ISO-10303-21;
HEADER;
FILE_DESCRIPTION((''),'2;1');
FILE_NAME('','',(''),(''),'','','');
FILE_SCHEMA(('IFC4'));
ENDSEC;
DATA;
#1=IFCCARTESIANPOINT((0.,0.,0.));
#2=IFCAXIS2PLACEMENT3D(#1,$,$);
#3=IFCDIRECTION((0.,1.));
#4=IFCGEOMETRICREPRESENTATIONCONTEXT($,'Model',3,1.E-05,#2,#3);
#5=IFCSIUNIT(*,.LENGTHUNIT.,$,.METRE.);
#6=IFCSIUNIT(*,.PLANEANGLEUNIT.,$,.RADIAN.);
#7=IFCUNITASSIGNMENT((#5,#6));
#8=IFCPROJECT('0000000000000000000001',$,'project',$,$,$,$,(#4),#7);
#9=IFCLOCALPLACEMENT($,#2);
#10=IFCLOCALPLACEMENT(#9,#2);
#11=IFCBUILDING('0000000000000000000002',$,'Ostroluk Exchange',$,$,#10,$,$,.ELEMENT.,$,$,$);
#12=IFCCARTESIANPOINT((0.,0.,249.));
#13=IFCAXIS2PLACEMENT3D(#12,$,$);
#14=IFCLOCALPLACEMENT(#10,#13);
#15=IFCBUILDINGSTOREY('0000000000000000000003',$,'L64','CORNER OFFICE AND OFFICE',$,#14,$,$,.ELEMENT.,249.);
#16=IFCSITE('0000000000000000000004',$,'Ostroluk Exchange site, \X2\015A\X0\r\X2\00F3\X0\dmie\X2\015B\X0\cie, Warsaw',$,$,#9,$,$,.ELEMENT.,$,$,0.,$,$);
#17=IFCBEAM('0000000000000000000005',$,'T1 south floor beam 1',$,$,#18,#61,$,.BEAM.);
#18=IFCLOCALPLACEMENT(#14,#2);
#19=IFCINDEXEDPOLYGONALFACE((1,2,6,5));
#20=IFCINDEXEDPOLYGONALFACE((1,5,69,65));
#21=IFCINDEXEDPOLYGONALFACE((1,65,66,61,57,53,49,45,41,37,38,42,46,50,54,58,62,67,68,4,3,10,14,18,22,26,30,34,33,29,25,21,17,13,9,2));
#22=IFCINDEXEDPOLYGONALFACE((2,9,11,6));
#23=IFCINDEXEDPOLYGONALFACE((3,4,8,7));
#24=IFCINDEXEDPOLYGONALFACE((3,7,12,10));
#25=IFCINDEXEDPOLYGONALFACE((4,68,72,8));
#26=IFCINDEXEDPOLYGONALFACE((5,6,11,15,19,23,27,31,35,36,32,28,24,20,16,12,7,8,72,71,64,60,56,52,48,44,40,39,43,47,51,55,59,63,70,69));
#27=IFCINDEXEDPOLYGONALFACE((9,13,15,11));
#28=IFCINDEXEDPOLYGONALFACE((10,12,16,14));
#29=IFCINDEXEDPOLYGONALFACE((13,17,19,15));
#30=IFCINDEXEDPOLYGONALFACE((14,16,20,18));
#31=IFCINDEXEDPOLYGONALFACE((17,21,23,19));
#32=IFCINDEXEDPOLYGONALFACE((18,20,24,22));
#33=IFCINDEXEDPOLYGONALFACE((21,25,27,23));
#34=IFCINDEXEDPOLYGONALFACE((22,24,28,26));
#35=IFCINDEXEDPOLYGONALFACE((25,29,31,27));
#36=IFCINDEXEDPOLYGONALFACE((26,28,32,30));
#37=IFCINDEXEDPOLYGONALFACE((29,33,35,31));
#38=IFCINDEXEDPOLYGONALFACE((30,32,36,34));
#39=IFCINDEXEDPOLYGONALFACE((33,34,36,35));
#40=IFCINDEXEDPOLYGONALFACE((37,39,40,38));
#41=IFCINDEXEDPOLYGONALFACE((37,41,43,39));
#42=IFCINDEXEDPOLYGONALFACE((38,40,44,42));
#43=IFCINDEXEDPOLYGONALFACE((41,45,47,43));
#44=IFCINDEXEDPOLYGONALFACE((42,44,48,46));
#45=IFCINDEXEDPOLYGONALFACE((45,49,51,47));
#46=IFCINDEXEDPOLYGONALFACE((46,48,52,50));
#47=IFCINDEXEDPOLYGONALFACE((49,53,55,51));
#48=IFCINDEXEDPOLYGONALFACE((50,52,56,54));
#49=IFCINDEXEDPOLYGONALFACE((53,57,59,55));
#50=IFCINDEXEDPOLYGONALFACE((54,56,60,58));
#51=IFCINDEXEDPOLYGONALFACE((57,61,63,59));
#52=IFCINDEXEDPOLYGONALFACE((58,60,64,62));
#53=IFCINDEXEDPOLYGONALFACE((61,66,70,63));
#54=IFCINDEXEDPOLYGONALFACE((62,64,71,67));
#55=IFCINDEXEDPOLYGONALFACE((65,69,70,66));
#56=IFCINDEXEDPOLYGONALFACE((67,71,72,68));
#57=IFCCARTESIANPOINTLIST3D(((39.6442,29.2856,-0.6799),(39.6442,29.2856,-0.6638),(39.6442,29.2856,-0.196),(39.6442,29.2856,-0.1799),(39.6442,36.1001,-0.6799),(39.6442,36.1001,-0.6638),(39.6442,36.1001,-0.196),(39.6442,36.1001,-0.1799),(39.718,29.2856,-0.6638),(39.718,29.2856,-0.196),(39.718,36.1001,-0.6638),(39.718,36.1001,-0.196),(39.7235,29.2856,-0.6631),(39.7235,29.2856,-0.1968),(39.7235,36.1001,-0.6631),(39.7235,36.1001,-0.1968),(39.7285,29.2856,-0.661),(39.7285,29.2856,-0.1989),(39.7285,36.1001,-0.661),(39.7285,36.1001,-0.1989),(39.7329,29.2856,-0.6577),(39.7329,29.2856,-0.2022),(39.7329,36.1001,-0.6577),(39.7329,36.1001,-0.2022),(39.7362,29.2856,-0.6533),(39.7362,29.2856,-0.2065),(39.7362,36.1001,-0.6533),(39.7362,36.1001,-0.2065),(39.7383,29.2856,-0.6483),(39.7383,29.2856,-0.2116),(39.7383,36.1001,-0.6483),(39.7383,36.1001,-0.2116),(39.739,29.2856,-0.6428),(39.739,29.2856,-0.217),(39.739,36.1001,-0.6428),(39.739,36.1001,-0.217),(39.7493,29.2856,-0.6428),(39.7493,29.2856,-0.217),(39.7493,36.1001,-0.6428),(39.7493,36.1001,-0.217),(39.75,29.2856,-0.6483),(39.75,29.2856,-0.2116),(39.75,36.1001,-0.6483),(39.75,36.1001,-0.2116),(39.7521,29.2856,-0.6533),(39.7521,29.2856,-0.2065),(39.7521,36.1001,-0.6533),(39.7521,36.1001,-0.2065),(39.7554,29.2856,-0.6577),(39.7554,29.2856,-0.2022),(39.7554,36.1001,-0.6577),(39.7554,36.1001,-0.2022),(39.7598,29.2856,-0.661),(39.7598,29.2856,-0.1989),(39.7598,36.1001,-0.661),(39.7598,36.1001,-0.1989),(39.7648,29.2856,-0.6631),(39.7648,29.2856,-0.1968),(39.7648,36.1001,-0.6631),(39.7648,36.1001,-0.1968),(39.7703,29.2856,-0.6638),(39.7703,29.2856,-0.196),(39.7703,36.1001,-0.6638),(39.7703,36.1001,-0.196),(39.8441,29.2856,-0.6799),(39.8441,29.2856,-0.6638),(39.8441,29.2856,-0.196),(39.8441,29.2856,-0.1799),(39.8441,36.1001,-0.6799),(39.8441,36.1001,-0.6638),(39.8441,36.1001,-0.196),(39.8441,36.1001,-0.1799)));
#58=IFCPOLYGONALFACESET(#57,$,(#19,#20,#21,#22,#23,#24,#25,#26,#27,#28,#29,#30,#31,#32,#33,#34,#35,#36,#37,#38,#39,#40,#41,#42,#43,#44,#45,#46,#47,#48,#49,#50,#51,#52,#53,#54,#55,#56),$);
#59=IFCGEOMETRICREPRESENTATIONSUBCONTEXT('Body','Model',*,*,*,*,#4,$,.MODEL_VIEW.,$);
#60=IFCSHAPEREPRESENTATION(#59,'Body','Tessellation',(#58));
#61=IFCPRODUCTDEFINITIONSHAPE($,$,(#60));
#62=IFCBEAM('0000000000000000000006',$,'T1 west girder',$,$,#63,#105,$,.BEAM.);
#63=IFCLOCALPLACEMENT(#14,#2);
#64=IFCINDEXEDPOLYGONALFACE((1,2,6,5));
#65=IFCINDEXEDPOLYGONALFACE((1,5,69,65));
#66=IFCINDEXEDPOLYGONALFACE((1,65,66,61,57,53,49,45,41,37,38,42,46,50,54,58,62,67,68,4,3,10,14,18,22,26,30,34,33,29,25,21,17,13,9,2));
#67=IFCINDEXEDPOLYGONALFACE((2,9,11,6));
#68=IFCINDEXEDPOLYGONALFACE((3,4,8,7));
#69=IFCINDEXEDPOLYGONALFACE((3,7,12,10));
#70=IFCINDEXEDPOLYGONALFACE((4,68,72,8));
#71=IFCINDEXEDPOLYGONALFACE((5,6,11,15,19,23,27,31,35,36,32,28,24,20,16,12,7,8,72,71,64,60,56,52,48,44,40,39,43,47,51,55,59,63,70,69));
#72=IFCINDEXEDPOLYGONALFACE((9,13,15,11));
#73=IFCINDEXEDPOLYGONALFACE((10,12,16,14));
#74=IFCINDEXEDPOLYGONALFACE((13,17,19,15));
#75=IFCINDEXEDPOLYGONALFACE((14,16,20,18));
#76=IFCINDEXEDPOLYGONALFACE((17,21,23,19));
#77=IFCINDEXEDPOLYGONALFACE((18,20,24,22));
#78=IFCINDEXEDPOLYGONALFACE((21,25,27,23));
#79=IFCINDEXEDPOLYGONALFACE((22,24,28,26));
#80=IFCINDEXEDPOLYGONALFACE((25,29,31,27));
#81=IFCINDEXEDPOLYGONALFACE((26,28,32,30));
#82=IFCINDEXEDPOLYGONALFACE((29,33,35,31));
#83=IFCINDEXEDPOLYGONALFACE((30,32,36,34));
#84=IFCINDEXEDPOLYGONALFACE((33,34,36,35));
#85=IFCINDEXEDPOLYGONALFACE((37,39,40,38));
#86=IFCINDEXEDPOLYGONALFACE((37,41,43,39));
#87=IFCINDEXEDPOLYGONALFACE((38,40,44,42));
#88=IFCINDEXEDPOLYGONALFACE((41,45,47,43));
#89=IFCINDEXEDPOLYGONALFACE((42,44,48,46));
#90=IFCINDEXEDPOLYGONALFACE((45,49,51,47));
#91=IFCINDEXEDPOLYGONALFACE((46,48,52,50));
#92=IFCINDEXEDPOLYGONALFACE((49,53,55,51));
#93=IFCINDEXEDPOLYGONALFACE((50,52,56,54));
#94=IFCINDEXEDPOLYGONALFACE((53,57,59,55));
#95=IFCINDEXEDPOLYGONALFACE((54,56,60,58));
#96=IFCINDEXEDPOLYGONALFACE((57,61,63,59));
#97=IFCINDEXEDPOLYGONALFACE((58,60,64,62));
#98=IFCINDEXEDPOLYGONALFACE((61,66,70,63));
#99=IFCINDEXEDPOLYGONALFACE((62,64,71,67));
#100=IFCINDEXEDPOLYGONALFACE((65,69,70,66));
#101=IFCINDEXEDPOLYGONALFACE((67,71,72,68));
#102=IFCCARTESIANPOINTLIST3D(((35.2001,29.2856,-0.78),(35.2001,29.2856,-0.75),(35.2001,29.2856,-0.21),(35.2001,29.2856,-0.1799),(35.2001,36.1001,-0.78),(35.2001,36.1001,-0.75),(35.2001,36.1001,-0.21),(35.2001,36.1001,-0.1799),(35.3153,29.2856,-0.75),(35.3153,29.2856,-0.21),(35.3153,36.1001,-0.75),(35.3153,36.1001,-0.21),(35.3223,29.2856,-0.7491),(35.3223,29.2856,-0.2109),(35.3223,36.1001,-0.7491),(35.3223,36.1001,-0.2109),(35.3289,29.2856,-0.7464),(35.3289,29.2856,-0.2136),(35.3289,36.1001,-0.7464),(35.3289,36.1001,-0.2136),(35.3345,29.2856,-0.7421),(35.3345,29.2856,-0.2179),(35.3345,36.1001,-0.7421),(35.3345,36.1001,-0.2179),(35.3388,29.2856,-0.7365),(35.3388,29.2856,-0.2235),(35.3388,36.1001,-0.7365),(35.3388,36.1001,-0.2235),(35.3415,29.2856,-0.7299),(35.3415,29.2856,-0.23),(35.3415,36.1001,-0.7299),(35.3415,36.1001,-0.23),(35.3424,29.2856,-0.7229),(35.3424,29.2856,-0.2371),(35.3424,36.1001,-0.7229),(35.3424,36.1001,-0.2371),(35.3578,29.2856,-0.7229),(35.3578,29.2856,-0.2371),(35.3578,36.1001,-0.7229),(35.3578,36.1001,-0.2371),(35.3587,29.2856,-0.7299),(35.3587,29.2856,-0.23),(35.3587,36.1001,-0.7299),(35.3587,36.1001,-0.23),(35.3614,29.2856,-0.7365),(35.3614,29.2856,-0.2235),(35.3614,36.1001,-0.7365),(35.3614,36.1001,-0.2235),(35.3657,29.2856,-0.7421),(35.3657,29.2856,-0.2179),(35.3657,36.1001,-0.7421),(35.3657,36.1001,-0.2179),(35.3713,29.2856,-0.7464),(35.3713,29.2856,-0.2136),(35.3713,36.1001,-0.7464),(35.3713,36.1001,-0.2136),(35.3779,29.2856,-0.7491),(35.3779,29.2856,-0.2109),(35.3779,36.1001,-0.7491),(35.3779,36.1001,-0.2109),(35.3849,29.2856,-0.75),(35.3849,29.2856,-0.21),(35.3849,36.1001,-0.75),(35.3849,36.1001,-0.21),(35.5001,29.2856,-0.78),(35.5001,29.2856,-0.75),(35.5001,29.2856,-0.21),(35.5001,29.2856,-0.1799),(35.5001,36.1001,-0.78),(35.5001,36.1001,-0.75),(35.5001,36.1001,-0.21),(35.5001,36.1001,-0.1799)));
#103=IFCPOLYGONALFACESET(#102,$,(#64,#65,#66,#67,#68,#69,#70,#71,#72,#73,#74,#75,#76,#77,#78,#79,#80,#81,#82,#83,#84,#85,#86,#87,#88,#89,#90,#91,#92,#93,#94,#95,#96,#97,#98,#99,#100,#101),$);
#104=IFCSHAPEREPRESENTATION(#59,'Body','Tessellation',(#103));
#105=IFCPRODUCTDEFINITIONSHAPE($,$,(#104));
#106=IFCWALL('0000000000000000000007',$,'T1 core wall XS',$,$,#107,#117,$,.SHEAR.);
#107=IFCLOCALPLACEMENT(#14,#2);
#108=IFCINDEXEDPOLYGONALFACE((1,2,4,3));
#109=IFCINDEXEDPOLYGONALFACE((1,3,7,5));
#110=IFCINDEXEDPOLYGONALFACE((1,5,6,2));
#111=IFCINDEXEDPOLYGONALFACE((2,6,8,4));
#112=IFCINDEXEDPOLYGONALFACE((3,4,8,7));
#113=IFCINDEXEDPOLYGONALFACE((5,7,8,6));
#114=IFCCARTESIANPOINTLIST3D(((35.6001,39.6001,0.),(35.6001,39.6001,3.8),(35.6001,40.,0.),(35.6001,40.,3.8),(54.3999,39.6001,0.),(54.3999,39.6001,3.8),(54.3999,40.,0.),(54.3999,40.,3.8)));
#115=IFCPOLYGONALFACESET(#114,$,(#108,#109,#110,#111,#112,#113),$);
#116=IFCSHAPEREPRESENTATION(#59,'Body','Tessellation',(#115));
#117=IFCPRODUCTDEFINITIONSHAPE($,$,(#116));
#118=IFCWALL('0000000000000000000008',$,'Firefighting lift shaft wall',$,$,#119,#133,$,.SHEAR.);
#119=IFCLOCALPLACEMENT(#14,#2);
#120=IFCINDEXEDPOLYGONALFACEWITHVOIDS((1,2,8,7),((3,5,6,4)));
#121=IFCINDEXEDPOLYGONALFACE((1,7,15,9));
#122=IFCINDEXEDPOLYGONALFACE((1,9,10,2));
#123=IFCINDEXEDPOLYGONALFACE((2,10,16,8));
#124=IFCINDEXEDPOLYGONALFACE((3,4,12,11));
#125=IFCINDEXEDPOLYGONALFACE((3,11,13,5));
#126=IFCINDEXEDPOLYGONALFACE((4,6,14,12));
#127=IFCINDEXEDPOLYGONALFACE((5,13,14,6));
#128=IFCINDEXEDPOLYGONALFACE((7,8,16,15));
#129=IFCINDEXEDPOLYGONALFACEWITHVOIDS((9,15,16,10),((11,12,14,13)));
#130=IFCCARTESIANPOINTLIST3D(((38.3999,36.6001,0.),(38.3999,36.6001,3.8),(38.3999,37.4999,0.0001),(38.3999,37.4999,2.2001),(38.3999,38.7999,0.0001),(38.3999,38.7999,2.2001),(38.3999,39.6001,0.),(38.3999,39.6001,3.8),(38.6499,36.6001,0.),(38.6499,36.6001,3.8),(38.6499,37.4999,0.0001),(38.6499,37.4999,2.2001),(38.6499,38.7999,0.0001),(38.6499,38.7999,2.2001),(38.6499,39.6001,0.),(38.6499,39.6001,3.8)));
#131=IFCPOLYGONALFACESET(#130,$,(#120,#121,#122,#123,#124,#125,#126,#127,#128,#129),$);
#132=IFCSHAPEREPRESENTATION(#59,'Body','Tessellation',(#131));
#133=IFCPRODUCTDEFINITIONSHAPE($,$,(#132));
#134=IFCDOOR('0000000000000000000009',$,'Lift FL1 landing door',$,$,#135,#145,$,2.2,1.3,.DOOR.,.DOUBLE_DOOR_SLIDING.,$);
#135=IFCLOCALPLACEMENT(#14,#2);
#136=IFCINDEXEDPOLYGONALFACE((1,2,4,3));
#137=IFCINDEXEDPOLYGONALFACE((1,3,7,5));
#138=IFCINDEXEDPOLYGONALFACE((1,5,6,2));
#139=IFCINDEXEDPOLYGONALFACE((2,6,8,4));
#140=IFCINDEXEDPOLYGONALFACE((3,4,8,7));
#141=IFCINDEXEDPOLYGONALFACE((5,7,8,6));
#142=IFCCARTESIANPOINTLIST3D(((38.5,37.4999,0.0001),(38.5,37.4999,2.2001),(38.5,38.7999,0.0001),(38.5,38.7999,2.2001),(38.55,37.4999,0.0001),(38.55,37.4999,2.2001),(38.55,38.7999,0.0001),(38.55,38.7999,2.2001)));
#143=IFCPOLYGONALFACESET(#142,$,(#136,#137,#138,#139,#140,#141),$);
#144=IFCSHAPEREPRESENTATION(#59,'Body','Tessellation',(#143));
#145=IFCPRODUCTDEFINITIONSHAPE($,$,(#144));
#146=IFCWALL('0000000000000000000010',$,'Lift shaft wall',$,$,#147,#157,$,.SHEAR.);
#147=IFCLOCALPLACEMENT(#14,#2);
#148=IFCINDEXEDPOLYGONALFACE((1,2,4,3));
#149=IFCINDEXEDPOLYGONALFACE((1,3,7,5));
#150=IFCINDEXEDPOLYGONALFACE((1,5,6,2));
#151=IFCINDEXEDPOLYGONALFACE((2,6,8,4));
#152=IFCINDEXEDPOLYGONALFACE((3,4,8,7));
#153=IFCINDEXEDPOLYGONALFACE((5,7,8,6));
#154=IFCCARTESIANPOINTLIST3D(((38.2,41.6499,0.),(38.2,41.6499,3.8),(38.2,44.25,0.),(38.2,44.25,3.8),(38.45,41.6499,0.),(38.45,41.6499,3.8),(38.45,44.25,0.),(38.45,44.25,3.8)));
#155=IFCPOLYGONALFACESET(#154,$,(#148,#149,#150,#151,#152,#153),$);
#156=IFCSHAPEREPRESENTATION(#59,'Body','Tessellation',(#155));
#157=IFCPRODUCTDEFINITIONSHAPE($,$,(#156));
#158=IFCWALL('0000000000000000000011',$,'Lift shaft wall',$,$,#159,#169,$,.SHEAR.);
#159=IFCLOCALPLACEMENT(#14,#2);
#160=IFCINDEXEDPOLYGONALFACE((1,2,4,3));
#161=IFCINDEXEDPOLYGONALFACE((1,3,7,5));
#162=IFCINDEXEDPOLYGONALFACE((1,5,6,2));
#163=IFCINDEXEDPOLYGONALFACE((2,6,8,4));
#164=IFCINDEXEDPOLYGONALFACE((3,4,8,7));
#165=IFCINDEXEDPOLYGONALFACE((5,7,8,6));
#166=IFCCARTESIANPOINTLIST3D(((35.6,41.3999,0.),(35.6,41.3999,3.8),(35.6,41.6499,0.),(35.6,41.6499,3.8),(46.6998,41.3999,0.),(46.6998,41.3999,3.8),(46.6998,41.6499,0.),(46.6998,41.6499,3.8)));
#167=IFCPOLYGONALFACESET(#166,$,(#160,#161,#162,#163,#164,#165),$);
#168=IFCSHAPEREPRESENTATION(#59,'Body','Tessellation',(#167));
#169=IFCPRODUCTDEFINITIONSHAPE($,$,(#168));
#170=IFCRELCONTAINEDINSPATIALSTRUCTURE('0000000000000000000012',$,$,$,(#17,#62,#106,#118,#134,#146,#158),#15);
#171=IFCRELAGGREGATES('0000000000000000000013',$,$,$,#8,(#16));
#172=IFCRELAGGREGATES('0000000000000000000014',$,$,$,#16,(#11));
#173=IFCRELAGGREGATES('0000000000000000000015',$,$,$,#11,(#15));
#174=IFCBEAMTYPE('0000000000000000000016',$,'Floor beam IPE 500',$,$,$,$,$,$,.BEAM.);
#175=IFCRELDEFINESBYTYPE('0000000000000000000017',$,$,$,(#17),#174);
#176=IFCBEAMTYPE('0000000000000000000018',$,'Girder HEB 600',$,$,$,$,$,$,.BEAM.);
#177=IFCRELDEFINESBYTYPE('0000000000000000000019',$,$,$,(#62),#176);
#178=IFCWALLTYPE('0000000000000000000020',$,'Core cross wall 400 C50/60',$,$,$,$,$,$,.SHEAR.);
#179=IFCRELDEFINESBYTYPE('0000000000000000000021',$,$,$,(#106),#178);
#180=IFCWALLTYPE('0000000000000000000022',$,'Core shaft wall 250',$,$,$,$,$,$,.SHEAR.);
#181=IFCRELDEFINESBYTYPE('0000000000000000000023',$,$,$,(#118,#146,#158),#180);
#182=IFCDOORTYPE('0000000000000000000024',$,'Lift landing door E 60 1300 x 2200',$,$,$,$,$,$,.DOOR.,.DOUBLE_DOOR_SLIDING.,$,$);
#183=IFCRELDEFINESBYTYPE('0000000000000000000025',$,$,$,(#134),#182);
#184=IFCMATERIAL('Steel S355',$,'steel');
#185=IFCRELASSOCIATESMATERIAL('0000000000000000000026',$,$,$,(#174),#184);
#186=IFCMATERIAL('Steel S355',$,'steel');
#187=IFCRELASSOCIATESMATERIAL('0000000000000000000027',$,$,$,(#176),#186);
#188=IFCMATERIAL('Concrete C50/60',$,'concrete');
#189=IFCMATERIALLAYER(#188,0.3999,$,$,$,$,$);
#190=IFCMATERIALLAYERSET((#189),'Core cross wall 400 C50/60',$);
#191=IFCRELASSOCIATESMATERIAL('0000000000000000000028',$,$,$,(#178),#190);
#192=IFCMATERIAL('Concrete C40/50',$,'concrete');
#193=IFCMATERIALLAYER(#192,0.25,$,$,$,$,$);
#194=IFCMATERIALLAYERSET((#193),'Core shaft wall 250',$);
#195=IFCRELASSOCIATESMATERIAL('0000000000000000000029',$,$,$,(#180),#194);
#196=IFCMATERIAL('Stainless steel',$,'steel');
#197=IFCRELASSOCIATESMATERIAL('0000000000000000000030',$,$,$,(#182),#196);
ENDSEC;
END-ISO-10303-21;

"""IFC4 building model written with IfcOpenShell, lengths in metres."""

from ifc_helpers import new_model, si_unit, direction, frame, frame_2d, origin, origin_2d, place, context, subcontext, project, spatial, rectangle, i_section, extrude, material, layer, layer_set, material_profile, profile_set, type_object, element, fill, save


model = new_model("IFC4")

# Units and contexts
model_context = context("Model", 3, precision=1e-05, world=origin(), true_north=direction((0.0, 1.0)))
body_context = subcontext(model_context, "Body", "Model", "MODEL_VIEW")
ifc_project = project(units=[si_unit("LENGTHUNIT", "METRE"), si_unit("PLANEANGLEUNIT", "RADIAN")], contexts=[model_context])

# Site, building, storey
site_placement = place(None, origin())
site = spatial("IfcSite", under=ifc_project, at=site_placement, Name="Ostroluk Exchange site, Śródmieście, Warsaw", CompositionType="ELEMENT", RefElevation=0.0)
building_placement = place(site_placement, origin())
building = spatial("IfcBuilding", under=site, at=building_placement, Name="Ostroluk Exchange", CompositionType="ELEMENT")
storey_placement = place(building_placement, frame((0.0, 0.0, 249.0)))
storey = spatial("IfcBuildingStorey", under=building, at=storey_placement, Name="L64", Description="CORNER OFFICE AND OFFICE", CompositionType="ELEMENT", Elevation=249.0)

# Beams
ifc_material_1 = material(Name="Steel S355", Category="steel")
ifc_material_profile_1 = material_profile(ifc_material_1, i_section(OverallWidth=0.2, OverallDepth=0.5, WebThickness=0.0103, FlangeThickness=0.0161, FilletRadius=0.021, at=origin_2d()), Name="IPE 500")
ifc_profile_set_1 = profile_set([ifc_material_profile_1], Name="Steel S355")
beam_type_1 = type_object("IfcBeamType", Name="Floor beam IPE 500", PredefinedType="BEAM", material=ifc_profile_set_1)
for number, where, z_axis, x_axis, name in (
    (1, (39.7441, 36.1001, -0.4299), (0.0, -1.0, 0.0), (1.0, 0.0, 0.0), "T1 south floor beam 1"),
):
    element("IfcBeam", number, at=place(storey_placement, frame(where, z_axis=z_axis, x_axis=x_axis)), inside=storey, type_object=beam_type_1, Name=name, PredefinedType="BEAM", context=body_context, shape_type="SweptSolid", body=[
        extrude(i_section(OverallWidth=0.2, OverallDepth=0.5, WebThickness=0.0103, FlangeThickness=0.0161, FilletRadius=0.021, at=origin_2d()), origin(), (0.0, 0.0, 1.0), 6.8145),
    ])
ifc_material_2 = material(Name="Steel S355", Category="steel")
ifc_material_profile_2 = material_profile(ifc_material_2, i_section(OverallWidth=0.3, OverallDepth=0.6001, WebThickness=0.0154, FlangeThickness=0.03, FilletRadius=0.0271, at=origin_2d()), Name="HEB 600")
ifc_profile_set_2 = profile_set([ifc_material_profile_2], Name="Steel S355")
beam_type_2 = type_object("IfcBeamType", Name="Girder HEB 600", PredefinedType="BEAM", material=ifc_profile_set_2)
beam_1_placement = place(storey_placement, frame((35.3501, 36.1001, -0.48), z_axis=(0.0, -1.0, 0.0), x_axis=(1.0, 0.0, 0.0)))
element("IfcBeam", 2, at=beam_1_placement, inside=storey, type_object=beam_type_2, Name="T1 west girder", PredefinedType="BEAM", context=body_context, shape_type="SweptSolid", body=[
    extrude(i_section(OverallWidth=0.3, OverallDepth=0.6001, WebThickness=0.0154, FlangeThickness=0.03, FilletRadius=0.0271, at=origin_2d()), origin(), (0.0, 0.0, 1.0), 6.8145),
])

# Wall
ifc_material_3 = material(Name="Concrete C50/60", Category="concrete")
ifc_layer_1 = layer(ifc_material_3, 0.3999)
ifc_layer_set_1 = layer_set([ifc_layer_1], Name="Core cross wall 400 C50/60")
wall_type_1 = type_object("IfcWallType", Name="Core cross wall 400 C50/60", PredefinedType="SHEAR", material=ifc_layer_set_1)
wall_1_placement = place(storey_placement, frame((35.6001, 39.8, 0.0), z_axis=(0.0, 0.0, 1.0), x_axis=(1.0, 0.0, 0.0)))
element("IfcWall", 3, at=wall_1_placement, inside=storey, type_object=wall_type_1, Name="T1 core wall XS", PredefinedType="SHEAR", context=body_context, shape_type="SweptSolid", body=[
    extrude(rectangle(XDim=18.7998, YDim=0.3999, at=frame_2d((9.3999, 0.0))), origin(), (0.0, 0.0, 1.0), 3.8),
])

# Wall, opening, door
ifc_material_4 = material(Name="Concrete C40/50", Category="concrete")
ifc_layer_2 = layer(ifc_material_4, 0.25)
ifc_layer_set_2 = layer_set([ifc_layer_2], Name="Core shaft wall 250")
wall_type_2 = type_object("IfcWallType", Name="Core shaft wall 250", PredefinedType="SHEAR", material=ifc_layer_set_2)
wall_2_placement = place(storey_placement, frame((38.5249, 36.6001, 0.0), z_axis=(0.0, 0.0, 1.0), x_axis=(0.0, 1.0, 0.0)))
wall_2 = element("IfcWall", 4, at=wall_2_placement, inside=storey, type_object=wall_type_2, Name="Firefighting lift shaft wall", PredefinedType="SHEAR", context=body_context, shape_type="SweptSolid", body=[
    extrude(rectangle(XDim=3.0, YDim=0.25, at=frame_2d((1.5, 0.0))), origin(), (0.0, 0.0, 1.0), 3.8),
])
opening_1_placement = place(wall_2_placement, frame((0.8999, 0.0, 0.0)))
opening_1 = element("IfcOpeningElement", 5, at=opening_1_placement, cuts=wall_2, PredefinedType="OPENING", context=body_context, shape_type="SweptSolid", body=[
    extrude(rectangle(XDim=1.3, YDim=2.2, at=frame_2d((0.6499, 1.1001))), frame((0.0, 0.135, 0.0), z_axis=(0.0, -1.0, 0.0), x_axis=(1.0, 0.0, 0.0)), (0.0, 0.0, 1.0), 0.27),
])
ifc_material_5 = material(Name="Stainless steel", Category="steel")
door_type_1 = type_object("IfcDoorType", Name="Lift landing door E 60 1300 x 2200", OperationType="DOUBLE_DOOR_SLIDING", PredefinedType="DOOR", material=ifc_material_5)
door_1_placement = place(opening_1_placement, origin())
door_1 = element("IfcDoor", 6, at=door_1_placement, inside=storey, type_object=door_type_1, Name="Lift FL1 landing door", OperationType="DOUBLE_DOOR_SLIDING", OverallHeight=2.2, OverallWidth=1.3, PredefinedType="DOOR", context=body_context, shape_type="SweptSolid", body=[
    extrude(rectangle(XDim=1.3, YDim=2.2, at=frame_2d((0.6499, 1.1001))), frame((0.0, 0.0249, 0.0), z_axis=(0.0, -1.0, 0.0), x_axis=(1.0, 0.0, 0.0)), (0.0, 0.0, 1.0), 0.05),
])
fill(opening_1, door_1)

# Walls
wall_3_placement = place(storey_placement, frame((38.325, 44.25, 0.0), z_axis=(0.0, 0.0, 1.0), x_axis=(0.0, -1.0, 0.0)))
element("IfcWall", 7, at=wall_3_placement, inside=storey, type_object=wall_type_2, Name="Lift shaft wall", PredefinedType="SHEAR", context=body_context, shape_type="SweptSolid", body=[
    extrude(rectangle(XDim=2.6001, YDim=0.25, at=frame_2d((1.3, 0.0))), origin(), (0.0, 0.0, 1.0), 3.8),
])
wall_4_placement = place(storey_placement, frame((35.6001, 41.5249, 0.0), z_axis=(0.0, 0.0, 1.0), x_axis=(1.0, 0.0, 0.0)))
element("IfcWall", 8, at=wall_4_placement, inside=storey, type_object=wall_type_2, Name="Lift shaft wall", PredefinedType="SHEAR", context=body_context, shape_type="SweptSolid", body=[
    extrude(rectangle(XDim=11.0999, YDim=0.25, at=frame_2d((5.5498, 0.0))), origin(), (0.0, 0.0, 1.0), 3.8),
])

save(model, "model.ifc")
